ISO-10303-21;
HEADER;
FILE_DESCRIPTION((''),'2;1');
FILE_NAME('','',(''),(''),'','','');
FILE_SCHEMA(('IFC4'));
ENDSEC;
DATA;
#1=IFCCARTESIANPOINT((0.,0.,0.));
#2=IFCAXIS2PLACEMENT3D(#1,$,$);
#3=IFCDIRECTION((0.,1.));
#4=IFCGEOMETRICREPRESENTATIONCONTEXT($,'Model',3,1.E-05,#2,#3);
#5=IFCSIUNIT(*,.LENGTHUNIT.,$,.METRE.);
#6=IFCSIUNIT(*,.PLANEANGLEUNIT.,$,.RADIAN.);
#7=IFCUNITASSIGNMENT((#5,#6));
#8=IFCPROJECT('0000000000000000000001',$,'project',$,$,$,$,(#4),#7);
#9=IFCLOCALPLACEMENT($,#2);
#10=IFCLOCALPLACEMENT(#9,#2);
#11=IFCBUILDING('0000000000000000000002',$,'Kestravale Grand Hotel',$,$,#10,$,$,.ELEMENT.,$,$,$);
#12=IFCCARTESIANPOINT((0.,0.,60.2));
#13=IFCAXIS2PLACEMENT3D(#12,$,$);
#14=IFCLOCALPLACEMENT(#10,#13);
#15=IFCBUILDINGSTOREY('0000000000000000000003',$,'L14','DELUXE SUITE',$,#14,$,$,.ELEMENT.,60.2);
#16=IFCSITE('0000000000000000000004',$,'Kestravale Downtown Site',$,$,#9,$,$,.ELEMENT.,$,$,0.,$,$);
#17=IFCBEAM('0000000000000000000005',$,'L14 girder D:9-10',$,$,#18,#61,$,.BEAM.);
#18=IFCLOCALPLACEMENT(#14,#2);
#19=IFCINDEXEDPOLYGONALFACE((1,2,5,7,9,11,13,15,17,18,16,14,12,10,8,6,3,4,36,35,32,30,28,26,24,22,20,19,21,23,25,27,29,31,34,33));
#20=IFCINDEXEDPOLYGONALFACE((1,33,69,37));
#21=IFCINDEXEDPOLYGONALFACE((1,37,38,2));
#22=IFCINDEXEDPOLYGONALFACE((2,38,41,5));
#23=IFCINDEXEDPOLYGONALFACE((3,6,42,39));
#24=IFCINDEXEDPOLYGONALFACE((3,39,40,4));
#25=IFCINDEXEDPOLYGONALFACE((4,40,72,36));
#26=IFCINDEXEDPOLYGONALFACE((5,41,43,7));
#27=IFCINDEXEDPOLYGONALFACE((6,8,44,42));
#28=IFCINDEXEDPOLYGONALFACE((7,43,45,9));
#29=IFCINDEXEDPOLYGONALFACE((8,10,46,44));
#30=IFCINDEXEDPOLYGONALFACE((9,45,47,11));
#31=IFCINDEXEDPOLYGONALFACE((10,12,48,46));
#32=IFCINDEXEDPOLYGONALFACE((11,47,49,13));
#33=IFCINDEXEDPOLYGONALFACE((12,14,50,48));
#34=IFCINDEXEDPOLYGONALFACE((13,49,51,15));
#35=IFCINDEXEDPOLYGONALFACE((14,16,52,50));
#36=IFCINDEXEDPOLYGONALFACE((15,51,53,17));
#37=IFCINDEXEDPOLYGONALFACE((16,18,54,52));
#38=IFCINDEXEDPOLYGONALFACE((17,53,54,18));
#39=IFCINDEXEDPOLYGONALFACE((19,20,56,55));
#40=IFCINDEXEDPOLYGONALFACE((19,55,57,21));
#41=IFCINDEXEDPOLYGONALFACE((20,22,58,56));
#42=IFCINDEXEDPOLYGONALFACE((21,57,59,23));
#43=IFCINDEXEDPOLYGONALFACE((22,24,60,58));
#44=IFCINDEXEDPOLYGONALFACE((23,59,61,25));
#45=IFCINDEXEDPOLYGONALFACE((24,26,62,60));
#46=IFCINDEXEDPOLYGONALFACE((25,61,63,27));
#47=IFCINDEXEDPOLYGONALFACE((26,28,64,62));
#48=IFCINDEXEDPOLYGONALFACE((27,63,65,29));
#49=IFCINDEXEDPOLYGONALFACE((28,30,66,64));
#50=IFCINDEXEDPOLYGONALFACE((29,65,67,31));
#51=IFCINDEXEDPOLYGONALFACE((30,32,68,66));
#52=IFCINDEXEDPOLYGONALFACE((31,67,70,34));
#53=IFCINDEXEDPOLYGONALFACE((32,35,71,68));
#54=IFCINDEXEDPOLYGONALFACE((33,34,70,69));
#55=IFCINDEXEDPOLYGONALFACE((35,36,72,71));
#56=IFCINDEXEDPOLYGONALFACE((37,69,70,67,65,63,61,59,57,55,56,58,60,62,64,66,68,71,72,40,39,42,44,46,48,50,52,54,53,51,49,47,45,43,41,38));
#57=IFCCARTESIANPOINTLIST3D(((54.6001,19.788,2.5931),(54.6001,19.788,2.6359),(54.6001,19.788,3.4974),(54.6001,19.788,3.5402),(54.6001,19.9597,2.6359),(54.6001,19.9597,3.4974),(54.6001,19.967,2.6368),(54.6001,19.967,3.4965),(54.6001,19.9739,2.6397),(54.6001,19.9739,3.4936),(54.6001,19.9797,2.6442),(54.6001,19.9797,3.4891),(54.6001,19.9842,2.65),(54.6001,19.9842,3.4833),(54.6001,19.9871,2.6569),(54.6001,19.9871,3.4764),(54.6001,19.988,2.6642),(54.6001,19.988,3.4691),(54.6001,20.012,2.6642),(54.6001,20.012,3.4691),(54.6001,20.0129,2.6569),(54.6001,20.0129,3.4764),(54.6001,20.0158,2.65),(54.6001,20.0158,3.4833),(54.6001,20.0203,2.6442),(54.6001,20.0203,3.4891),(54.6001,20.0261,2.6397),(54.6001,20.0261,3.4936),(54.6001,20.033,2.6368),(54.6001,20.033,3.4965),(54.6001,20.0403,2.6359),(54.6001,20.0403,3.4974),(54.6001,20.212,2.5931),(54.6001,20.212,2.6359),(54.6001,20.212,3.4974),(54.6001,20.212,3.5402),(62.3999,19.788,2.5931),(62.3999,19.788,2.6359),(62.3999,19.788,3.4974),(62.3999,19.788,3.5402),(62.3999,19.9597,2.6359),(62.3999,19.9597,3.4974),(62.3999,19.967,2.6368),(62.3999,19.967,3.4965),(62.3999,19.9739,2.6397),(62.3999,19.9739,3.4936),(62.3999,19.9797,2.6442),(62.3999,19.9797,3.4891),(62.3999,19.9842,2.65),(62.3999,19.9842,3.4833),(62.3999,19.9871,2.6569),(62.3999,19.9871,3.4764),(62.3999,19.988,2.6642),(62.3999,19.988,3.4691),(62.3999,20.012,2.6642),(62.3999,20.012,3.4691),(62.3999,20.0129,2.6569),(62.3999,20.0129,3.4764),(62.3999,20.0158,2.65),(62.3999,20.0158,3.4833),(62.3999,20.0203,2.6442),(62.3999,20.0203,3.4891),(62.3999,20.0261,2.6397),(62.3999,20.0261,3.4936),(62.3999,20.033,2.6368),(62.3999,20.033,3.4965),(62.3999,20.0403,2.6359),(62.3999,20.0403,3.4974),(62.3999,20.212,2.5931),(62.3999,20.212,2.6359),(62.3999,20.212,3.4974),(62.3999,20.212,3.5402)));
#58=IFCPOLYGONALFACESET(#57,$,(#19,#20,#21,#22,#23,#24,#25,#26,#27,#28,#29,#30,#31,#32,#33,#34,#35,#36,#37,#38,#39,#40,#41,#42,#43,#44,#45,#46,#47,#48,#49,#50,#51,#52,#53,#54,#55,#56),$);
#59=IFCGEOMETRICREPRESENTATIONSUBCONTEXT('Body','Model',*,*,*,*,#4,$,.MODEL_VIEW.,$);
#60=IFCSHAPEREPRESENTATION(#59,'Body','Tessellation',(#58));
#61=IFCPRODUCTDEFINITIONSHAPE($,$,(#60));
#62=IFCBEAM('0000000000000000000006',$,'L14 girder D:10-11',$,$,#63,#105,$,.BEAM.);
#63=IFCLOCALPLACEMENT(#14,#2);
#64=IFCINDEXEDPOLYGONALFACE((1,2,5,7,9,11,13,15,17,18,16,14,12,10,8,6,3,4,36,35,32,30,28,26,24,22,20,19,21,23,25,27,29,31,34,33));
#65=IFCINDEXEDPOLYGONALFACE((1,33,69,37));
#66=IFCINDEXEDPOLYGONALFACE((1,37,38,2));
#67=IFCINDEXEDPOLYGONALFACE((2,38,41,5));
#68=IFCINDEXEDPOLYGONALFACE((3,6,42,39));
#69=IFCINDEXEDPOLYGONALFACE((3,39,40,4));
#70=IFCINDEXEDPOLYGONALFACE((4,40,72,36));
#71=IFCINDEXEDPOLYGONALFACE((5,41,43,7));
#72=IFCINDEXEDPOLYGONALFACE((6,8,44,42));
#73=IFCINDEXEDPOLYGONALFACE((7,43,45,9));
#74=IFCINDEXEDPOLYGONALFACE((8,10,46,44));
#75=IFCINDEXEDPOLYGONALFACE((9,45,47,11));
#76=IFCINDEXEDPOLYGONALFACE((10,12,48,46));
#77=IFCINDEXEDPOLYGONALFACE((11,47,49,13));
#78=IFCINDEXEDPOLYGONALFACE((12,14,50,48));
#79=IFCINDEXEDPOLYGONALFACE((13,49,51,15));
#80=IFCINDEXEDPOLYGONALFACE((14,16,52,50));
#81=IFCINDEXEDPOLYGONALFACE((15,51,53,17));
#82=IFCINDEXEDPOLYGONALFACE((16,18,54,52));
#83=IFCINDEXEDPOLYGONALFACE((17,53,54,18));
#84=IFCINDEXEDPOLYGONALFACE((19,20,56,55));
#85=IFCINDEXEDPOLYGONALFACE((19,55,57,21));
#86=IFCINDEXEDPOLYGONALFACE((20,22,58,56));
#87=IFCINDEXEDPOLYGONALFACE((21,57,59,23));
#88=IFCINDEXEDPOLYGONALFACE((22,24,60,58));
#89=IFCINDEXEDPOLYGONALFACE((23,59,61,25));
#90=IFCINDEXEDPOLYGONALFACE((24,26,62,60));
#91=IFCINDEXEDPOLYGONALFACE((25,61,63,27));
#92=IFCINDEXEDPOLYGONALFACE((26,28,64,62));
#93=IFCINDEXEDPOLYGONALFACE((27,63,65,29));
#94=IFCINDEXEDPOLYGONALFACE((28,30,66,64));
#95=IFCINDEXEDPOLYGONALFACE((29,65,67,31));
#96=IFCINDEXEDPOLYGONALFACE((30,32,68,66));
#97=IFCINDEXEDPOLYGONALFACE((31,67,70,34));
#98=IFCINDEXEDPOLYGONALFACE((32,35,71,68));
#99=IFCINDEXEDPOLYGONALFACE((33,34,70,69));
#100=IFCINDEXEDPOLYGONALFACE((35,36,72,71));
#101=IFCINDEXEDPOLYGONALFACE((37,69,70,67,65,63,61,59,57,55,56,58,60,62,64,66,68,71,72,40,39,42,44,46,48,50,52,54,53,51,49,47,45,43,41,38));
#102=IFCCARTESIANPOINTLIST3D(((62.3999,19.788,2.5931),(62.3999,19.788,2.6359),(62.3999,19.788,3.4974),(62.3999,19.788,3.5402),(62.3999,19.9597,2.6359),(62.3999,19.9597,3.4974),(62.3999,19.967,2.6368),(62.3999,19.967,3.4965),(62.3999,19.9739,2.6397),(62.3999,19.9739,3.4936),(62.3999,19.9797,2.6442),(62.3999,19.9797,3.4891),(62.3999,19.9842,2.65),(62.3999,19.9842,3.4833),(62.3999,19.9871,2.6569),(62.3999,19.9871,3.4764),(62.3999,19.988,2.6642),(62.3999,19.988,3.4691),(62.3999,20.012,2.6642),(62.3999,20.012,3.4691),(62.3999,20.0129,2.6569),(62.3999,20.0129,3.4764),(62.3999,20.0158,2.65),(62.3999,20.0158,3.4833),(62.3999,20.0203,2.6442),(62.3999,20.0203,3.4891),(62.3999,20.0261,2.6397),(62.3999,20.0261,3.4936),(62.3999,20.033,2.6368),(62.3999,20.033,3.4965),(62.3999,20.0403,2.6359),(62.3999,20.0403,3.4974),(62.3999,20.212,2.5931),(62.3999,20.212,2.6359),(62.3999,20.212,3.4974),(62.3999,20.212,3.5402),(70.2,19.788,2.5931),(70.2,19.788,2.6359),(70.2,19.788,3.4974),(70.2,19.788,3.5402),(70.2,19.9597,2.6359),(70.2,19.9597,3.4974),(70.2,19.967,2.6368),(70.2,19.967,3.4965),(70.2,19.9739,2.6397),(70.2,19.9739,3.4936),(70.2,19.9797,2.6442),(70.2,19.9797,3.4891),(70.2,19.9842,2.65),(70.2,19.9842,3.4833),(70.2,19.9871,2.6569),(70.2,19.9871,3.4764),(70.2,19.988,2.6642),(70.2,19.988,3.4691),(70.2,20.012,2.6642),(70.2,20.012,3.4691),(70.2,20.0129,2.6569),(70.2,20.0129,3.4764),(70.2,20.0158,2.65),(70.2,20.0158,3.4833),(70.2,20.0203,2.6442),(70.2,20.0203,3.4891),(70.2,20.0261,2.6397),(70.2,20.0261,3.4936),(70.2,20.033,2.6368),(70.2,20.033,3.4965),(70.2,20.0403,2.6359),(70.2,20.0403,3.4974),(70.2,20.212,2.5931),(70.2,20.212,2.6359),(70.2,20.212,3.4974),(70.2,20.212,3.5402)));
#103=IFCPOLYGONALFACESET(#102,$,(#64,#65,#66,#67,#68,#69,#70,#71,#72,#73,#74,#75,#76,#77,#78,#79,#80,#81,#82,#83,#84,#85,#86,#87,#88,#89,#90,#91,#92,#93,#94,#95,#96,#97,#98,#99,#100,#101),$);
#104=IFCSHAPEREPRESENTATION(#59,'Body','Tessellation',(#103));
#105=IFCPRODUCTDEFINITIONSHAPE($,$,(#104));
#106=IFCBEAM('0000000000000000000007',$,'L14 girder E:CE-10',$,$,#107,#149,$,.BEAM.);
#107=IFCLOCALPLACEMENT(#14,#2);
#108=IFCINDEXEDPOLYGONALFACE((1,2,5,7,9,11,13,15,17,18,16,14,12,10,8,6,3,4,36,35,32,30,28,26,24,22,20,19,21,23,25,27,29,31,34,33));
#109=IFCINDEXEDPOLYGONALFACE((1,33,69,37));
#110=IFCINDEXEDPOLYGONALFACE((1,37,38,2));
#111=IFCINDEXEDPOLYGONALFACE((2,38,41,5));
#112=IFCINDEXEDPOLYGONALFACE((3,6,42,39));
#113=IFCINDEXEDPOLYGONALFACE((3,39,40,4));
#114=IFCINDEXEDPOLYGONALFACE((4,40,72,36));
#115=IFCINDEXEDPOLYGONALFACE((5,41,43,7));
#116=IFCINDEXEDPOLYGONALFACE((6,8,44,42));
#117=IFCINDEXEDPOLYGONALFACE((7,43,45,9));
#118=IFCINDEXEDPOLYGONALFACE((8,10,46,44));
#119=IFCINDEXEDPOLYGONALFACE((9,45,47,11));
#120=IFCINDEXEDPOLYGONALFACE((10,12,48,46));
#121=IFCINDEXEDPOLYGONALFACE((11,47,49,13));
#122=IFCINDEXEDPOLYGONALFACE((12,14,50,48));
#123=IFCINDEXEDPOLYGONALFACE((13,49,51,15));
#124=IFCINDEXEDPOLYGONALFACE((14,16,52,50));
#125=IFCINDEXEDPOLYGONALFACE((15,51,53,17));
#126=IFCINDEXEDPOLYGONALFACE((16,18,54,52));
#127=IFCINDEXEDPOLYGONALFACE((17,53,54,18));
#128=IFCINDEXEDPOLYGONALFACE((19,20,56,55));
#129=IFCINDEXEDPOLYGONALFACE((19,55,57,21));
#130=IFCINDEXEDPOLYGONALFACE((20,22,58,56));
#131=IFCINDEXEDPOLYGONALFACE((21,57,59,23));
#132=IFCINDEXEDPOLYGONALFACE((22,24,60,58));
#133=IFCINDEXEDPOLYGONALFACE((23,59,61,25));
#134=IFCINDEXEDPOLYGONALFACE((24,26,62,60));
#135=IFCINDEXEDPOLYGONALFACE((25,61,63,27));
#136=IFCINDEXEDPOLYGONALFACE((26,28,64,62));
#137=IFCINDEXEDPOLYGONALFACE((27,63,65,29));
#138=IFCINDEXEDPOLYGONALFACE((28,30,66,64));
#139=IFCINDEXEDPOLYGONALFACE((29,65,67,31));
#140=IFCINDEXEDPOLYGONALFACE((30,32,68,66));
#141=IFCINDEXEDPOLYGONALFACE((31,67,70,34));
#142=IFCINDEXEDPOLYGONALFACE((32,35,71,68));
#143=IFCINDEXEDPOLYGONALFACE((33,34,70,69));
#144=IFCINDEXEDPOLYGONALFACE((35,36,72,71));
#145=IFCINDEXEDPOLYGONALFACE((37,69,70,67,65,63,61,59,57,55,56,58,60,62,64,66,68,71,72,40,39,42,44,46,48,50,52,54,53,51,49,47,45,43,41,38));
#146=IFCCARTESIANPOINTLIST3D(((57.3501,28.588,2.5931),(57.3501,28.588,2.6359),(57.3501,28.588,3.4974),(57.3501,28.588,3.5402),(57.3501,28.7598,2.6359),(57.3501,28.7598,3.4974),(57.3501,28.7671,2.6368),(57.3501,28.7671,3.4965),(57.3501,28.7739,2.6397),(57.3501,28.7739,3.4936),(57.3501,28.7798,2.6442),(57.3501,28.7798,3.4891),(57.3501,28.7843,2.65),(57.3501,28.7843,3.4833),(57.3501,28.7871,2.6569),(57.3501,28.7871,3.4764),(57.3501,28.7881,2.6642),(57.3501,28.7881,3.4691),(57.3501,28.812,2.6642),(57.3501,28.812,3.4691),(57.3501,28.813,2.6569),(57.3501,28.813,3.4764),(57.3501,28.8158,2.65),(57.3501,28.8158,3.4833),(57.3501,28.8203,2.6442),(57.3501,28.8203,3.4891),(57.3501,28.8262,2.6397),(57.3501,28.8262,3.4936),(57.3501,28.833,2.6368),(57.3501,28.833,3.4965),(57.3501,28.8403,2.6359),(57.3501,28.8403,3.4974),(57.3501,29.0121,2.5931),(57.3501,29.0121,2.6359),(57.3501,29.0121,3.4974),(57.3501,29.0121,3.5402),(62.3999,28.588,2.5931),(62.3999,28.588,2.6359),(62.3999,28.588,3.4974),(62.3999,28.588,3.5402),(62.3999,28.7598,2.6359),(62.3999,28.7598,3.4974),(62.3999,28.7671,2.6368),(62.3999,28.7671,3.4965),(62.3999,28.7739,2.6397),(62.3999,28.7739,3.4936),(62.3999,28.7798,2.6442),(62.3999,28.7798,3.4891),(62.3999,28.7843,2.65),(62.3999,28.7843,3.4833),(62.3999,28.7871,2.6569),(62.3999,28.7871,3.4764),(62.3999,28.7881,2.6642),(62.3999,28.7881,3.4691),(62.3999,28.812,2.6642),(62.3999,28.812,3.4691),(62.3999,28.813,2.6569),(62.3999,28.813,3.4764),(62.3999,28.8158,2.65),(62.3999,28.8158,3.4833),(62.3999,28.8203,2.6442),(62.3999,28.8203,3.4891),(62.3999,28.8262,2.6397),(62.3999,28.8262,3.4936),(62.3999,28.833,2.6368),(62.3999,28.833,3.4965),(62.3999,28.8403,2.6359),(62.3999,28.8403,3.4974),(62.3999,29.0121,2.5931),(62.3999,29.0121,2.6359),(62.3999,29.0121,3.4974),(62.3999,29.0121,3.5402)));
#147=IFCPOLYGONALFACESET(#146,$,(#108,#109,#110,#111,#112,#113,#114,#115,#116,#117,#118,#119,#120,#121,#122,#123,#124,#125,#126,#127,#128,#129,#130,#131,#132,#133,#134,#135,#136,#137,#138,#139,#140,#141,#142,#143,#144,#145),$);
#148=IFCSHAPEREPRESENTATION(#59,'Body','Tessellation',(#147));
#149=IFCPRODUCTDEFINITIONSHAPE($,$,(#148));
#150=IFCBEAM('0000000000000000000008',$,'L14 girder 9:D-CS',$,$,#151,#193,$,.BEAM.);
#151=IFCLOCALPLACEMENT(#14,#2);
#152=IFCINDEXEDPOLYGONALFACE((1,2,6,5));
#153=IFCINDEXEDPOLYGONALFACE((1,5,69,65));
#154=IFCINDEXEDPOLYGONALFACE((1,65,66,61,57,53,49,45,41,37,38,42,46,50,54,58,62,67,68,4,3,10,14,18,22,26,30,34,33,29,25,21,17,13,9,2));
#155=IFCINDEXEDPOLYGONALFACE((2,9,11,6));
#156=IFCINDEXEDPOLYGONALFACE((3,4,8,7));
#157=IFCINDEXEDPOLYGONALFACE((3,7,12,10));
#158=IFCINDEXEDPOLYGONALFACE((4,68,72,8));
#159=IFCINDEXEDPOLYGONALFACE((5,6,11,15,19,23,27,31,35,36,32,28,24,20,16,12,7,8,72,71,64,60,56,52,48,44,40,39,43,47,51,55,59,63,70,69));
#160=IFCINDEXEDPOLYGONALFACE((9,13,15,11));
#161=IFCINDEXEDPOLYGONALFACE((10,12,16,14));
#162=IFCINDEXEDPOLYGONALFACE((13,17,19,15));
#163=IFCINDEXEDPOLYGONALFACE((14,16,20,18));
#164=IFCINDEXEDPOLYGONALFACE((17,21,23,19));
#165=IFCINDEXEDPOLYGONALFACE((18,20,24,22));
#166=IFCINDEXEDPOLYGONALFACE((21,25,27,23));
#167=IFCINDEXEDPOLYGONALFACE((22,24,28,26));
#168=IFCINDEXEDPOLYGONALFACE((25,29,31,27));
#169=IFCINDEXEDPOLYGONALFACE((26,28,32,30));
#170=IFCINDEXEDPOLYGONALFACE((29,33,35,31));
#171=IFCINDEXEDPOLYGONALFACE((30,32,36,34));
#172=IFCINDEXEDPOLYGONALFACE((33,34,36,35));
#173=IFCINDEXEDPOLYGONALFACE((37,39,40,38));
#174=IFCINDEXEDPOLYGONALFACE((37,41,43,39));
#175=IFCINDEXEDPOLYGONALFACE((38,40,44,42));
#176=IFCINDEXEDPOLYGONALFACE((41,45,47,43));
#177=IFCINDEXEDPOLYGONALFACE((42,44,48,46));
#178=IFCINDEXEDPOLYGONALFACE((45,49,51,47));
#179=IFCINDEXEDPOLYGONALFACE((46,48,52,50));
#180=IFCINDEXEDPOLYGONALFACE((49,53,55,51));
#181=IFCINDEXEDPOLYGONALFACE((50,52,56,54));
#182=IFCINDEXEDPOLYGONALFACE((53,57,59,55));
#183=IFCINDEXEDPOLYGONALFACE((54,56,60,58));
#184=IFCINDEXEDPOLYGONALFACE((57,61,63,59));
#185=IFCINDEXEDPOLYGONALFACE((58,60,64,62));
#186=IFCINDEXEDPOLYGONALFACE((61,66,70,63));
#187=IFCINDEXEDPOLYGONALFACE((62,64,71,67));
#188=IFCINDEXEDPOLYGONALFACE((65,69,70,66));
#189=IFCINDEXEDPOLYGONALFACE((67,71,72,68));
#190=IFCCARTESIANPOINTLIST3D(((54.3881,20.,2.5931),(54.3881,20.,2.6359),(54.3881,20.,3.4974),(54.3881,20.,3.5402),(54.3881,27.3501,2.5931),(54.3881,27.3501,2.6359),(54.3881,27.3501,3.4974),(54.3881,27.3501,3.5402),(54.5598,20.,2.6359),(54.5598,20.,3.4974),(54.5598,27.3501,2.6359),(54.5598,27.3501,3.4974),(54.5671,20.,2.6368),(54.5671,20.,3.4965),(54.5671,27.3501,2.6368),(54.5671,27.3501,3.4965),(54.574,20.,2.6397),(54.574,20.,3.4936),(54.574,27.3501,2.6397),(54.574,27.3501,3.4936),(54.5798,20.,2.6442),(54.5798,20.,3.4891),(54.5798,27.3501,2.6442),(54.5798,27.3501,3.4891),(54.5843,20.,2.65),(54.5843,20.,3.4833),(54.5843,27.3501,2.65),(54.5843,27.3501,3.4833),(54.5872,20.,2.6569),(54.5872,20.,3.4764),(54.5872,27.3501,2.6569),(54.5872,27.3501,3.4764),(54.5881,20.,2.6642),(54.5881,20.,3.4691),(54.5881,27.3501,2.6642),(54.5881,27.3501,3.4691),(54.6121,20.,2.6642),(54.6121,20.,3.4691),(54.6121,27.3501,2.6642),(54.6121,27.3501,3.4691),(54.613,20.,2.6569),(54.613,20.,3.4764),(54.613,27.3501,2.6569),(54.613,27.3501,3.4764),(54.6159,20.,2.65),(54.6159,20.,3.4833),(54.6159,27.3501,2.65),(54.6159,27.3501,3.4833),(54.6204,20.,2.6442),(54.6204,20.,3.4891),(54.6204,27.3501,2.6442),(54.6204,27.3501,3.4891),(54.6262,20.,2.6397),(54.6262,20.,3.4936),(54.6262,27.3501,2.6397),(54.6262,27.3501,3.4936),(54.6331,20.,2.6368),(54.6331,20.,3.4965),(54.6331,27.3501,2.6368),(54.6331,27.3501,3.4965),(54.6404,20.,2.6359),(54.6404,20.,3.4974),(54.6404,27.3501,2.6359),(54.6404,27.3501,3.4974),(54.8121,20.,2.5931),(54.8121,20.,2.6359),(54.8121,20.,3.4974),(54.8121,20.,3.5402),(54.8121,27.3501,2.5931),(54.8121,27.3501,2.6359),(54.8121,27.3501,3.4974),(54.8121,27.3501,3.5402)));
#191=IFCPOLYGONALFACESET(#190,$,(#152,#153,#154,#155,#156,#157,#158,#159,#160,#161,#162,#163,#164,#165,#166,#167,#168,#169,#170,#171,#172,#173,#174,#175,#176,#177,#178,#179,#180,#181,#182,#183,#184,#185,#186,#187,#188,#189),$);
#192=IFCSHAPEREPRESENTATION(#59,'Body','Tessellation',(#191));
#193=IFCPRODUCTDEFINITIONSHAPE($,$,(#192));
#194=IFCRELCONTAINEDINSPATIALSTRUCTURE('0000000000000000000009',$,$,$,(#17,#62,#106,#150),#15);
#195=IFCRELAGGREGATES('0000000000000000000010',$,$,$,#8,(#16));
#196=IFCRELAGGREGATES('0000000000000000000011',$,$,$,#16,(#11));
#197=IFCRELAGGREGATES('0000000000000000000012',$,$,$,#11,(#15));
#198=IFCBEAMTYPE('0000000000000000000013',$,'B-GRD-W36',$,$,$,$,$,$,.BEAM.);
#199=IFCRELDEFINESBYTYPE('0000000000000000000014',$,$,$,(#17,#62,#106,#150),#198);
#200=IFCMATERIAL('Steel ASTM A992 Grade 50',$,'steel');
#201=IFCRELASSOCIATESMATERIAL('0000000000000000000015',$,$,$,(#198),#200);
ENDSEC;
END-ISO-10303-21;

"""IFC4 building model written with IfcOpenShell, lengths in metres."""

from ifc_helpers import new_model, si_unit, direction, frame, origin, origin_2d, place, context, subcontext, project, spatial, i_section, extrude, material, material_profile, profile_set, type_object, element, save


model = new_model("IFC4")

# Units and contexts
model_context = context("Model", 3, precision=1e-05, world=origin(), true_north=direction((0.0, 1.0)))
body_context = subcontext(model_context, "Body", "Model", "MODEL_VIEW")
ifc_project = project(units=[si_unit("LENGTHUNIT", "METRE"), si_unit("PLANEANGLEUNIT", "RADIAN")], contexts=[model_context])

# Site, building, storey
site_placement = place(None, origin())
site = spatial("IfcSite", under=ifc_project, at=site_placement, Name="Kestravale Downtown Site", CompositionType="ELEMENT", RefElevation=0.0)
building_placement = place(site_placement, origin())
building = spatial("IfcBuilding", under=site, at=building_placement, Name="Kestravale Grand Hotel", CompositionType="ELEMENT")
storey_placement = place(building_placement, frame((0.0, 0.0, 60.2)))
storey = spatial("IfcBuildingStorey", under=building, at=storey_placement, Name="L14", Description="DELUXE SUITE", CompositionType="ELEMENT", Elevation=60.2)

# Beams
ifc_material_1 = material(Name="Steel ASTM A992 Grade 50", Category="steel")
ifc_material_profile_1 = material_profile(ifc_material_1, i_section(OverallWidth=0.4241, OverallDepth=0.947, WebThickness=0.0239, FlangeThickness=0.0427, FilletRadius=0.0283, at=origin_2d()))
ifc_profile_set_1 = profile_set([ifc_material_profile_1], Name="Steel ASTM A992 Grade 50")
beam_type_1 = type_object("IfcBeamType", Name="B-GRD-W36", PredefinedType="BEAM", material=ifc_profile_set_1)
beam_1_placement = place(storey_placement, frame((54.6001, 20.0, 3.0667), z_axis=(1.0, 0.0, 0.0), x_axis=(0.0, 1.0, 0.0)))
element("IfcBeam", 1, at=beam_1_placement, inside=storey, type_object=beam_type_1, Name="L14 girder D:9-10", PredefinedType="BEAM", context=body_context, shape_type="SweptSolid", body=[
    extrude(i_section(OverallWidth=0.4241, OverallDepth=0.947, WebThickness=0.0239, FlangeThickness=0.0427, FilletRadius=0.0283, at=origin_2d()), origin(), (0.0, 0.0, 1.0), 7.7998),
])
beam_2_placement = place(storey_placement, frame((62.3999, 20.0, 3.0667), z_axis=(1.0, 0.0, 0.0), x_axis=(0.0, 1.0, 0.0)))
element("IfcBeam", 2, at=beam_2_placement, inside=storey, type_object=beam_type_1, Name="L14 girder D:10-11", PredefinedType="BEAM", context=body_context, shape_type="SweptSolid", body=[
    extrude(i_section(OverallWidth=0.4241, OverallDepth=0.947, WebThickness=0.0239, FlangeThickness=0.0427, FilletRadius=0.0283, at=origin_2d()), origin(), (0.0, 0.0, 1.0), 7.8),
])
beam_3_placement = place(storey_placement, frame((57.3501, 28.8, 3.0667), z_axis=(1.0, 0.0, 0.0), x_axis=(0.0, 1.0, 0.0)))
element("IfcBeam", 3, at=beam_3_placement, inside=storey, type_object=beam_type_1, Name="L14 girder E:CE-10", PredefinedType="BEAM", context=body_context, shape_type="SweptSolid", body=[
    extrude(i_section(OverallWidth=0.4241, OverallDepth=0.947, WebThickness=0.0239, FlangeThickness=0.0427, FilletRadius=0.0283, at=origin_2d()), origin(), (0.0, 0.0, 1.0), 5.0498),
])
beam_4_placement = place(storey_placement, frame((54.6001, 20.0, 3.0667), z_axis=(0.0, 1.0, 0.0), x_axis=(-1.0, 0.0, 0.0)))
element("IfcBeam", 4, at=beam_4_placement, inside=storey, type_object=beam_type_1, Name="L14 girder 9:D-CS", PredefinedType="BEAM", context=body_context, shape_type="SweptSolid", body=[
    extrude(i_section(OverallWidth=0.4241, OverallDepth=0.947, WebThickness=0.0239, FlangeThickness=0.0427, FilletRadius=0.0283, at=origin_2d()), origin(), (0.0, 0.0, 1.0), 7.3501),
])

save(model, "model.ifc")
